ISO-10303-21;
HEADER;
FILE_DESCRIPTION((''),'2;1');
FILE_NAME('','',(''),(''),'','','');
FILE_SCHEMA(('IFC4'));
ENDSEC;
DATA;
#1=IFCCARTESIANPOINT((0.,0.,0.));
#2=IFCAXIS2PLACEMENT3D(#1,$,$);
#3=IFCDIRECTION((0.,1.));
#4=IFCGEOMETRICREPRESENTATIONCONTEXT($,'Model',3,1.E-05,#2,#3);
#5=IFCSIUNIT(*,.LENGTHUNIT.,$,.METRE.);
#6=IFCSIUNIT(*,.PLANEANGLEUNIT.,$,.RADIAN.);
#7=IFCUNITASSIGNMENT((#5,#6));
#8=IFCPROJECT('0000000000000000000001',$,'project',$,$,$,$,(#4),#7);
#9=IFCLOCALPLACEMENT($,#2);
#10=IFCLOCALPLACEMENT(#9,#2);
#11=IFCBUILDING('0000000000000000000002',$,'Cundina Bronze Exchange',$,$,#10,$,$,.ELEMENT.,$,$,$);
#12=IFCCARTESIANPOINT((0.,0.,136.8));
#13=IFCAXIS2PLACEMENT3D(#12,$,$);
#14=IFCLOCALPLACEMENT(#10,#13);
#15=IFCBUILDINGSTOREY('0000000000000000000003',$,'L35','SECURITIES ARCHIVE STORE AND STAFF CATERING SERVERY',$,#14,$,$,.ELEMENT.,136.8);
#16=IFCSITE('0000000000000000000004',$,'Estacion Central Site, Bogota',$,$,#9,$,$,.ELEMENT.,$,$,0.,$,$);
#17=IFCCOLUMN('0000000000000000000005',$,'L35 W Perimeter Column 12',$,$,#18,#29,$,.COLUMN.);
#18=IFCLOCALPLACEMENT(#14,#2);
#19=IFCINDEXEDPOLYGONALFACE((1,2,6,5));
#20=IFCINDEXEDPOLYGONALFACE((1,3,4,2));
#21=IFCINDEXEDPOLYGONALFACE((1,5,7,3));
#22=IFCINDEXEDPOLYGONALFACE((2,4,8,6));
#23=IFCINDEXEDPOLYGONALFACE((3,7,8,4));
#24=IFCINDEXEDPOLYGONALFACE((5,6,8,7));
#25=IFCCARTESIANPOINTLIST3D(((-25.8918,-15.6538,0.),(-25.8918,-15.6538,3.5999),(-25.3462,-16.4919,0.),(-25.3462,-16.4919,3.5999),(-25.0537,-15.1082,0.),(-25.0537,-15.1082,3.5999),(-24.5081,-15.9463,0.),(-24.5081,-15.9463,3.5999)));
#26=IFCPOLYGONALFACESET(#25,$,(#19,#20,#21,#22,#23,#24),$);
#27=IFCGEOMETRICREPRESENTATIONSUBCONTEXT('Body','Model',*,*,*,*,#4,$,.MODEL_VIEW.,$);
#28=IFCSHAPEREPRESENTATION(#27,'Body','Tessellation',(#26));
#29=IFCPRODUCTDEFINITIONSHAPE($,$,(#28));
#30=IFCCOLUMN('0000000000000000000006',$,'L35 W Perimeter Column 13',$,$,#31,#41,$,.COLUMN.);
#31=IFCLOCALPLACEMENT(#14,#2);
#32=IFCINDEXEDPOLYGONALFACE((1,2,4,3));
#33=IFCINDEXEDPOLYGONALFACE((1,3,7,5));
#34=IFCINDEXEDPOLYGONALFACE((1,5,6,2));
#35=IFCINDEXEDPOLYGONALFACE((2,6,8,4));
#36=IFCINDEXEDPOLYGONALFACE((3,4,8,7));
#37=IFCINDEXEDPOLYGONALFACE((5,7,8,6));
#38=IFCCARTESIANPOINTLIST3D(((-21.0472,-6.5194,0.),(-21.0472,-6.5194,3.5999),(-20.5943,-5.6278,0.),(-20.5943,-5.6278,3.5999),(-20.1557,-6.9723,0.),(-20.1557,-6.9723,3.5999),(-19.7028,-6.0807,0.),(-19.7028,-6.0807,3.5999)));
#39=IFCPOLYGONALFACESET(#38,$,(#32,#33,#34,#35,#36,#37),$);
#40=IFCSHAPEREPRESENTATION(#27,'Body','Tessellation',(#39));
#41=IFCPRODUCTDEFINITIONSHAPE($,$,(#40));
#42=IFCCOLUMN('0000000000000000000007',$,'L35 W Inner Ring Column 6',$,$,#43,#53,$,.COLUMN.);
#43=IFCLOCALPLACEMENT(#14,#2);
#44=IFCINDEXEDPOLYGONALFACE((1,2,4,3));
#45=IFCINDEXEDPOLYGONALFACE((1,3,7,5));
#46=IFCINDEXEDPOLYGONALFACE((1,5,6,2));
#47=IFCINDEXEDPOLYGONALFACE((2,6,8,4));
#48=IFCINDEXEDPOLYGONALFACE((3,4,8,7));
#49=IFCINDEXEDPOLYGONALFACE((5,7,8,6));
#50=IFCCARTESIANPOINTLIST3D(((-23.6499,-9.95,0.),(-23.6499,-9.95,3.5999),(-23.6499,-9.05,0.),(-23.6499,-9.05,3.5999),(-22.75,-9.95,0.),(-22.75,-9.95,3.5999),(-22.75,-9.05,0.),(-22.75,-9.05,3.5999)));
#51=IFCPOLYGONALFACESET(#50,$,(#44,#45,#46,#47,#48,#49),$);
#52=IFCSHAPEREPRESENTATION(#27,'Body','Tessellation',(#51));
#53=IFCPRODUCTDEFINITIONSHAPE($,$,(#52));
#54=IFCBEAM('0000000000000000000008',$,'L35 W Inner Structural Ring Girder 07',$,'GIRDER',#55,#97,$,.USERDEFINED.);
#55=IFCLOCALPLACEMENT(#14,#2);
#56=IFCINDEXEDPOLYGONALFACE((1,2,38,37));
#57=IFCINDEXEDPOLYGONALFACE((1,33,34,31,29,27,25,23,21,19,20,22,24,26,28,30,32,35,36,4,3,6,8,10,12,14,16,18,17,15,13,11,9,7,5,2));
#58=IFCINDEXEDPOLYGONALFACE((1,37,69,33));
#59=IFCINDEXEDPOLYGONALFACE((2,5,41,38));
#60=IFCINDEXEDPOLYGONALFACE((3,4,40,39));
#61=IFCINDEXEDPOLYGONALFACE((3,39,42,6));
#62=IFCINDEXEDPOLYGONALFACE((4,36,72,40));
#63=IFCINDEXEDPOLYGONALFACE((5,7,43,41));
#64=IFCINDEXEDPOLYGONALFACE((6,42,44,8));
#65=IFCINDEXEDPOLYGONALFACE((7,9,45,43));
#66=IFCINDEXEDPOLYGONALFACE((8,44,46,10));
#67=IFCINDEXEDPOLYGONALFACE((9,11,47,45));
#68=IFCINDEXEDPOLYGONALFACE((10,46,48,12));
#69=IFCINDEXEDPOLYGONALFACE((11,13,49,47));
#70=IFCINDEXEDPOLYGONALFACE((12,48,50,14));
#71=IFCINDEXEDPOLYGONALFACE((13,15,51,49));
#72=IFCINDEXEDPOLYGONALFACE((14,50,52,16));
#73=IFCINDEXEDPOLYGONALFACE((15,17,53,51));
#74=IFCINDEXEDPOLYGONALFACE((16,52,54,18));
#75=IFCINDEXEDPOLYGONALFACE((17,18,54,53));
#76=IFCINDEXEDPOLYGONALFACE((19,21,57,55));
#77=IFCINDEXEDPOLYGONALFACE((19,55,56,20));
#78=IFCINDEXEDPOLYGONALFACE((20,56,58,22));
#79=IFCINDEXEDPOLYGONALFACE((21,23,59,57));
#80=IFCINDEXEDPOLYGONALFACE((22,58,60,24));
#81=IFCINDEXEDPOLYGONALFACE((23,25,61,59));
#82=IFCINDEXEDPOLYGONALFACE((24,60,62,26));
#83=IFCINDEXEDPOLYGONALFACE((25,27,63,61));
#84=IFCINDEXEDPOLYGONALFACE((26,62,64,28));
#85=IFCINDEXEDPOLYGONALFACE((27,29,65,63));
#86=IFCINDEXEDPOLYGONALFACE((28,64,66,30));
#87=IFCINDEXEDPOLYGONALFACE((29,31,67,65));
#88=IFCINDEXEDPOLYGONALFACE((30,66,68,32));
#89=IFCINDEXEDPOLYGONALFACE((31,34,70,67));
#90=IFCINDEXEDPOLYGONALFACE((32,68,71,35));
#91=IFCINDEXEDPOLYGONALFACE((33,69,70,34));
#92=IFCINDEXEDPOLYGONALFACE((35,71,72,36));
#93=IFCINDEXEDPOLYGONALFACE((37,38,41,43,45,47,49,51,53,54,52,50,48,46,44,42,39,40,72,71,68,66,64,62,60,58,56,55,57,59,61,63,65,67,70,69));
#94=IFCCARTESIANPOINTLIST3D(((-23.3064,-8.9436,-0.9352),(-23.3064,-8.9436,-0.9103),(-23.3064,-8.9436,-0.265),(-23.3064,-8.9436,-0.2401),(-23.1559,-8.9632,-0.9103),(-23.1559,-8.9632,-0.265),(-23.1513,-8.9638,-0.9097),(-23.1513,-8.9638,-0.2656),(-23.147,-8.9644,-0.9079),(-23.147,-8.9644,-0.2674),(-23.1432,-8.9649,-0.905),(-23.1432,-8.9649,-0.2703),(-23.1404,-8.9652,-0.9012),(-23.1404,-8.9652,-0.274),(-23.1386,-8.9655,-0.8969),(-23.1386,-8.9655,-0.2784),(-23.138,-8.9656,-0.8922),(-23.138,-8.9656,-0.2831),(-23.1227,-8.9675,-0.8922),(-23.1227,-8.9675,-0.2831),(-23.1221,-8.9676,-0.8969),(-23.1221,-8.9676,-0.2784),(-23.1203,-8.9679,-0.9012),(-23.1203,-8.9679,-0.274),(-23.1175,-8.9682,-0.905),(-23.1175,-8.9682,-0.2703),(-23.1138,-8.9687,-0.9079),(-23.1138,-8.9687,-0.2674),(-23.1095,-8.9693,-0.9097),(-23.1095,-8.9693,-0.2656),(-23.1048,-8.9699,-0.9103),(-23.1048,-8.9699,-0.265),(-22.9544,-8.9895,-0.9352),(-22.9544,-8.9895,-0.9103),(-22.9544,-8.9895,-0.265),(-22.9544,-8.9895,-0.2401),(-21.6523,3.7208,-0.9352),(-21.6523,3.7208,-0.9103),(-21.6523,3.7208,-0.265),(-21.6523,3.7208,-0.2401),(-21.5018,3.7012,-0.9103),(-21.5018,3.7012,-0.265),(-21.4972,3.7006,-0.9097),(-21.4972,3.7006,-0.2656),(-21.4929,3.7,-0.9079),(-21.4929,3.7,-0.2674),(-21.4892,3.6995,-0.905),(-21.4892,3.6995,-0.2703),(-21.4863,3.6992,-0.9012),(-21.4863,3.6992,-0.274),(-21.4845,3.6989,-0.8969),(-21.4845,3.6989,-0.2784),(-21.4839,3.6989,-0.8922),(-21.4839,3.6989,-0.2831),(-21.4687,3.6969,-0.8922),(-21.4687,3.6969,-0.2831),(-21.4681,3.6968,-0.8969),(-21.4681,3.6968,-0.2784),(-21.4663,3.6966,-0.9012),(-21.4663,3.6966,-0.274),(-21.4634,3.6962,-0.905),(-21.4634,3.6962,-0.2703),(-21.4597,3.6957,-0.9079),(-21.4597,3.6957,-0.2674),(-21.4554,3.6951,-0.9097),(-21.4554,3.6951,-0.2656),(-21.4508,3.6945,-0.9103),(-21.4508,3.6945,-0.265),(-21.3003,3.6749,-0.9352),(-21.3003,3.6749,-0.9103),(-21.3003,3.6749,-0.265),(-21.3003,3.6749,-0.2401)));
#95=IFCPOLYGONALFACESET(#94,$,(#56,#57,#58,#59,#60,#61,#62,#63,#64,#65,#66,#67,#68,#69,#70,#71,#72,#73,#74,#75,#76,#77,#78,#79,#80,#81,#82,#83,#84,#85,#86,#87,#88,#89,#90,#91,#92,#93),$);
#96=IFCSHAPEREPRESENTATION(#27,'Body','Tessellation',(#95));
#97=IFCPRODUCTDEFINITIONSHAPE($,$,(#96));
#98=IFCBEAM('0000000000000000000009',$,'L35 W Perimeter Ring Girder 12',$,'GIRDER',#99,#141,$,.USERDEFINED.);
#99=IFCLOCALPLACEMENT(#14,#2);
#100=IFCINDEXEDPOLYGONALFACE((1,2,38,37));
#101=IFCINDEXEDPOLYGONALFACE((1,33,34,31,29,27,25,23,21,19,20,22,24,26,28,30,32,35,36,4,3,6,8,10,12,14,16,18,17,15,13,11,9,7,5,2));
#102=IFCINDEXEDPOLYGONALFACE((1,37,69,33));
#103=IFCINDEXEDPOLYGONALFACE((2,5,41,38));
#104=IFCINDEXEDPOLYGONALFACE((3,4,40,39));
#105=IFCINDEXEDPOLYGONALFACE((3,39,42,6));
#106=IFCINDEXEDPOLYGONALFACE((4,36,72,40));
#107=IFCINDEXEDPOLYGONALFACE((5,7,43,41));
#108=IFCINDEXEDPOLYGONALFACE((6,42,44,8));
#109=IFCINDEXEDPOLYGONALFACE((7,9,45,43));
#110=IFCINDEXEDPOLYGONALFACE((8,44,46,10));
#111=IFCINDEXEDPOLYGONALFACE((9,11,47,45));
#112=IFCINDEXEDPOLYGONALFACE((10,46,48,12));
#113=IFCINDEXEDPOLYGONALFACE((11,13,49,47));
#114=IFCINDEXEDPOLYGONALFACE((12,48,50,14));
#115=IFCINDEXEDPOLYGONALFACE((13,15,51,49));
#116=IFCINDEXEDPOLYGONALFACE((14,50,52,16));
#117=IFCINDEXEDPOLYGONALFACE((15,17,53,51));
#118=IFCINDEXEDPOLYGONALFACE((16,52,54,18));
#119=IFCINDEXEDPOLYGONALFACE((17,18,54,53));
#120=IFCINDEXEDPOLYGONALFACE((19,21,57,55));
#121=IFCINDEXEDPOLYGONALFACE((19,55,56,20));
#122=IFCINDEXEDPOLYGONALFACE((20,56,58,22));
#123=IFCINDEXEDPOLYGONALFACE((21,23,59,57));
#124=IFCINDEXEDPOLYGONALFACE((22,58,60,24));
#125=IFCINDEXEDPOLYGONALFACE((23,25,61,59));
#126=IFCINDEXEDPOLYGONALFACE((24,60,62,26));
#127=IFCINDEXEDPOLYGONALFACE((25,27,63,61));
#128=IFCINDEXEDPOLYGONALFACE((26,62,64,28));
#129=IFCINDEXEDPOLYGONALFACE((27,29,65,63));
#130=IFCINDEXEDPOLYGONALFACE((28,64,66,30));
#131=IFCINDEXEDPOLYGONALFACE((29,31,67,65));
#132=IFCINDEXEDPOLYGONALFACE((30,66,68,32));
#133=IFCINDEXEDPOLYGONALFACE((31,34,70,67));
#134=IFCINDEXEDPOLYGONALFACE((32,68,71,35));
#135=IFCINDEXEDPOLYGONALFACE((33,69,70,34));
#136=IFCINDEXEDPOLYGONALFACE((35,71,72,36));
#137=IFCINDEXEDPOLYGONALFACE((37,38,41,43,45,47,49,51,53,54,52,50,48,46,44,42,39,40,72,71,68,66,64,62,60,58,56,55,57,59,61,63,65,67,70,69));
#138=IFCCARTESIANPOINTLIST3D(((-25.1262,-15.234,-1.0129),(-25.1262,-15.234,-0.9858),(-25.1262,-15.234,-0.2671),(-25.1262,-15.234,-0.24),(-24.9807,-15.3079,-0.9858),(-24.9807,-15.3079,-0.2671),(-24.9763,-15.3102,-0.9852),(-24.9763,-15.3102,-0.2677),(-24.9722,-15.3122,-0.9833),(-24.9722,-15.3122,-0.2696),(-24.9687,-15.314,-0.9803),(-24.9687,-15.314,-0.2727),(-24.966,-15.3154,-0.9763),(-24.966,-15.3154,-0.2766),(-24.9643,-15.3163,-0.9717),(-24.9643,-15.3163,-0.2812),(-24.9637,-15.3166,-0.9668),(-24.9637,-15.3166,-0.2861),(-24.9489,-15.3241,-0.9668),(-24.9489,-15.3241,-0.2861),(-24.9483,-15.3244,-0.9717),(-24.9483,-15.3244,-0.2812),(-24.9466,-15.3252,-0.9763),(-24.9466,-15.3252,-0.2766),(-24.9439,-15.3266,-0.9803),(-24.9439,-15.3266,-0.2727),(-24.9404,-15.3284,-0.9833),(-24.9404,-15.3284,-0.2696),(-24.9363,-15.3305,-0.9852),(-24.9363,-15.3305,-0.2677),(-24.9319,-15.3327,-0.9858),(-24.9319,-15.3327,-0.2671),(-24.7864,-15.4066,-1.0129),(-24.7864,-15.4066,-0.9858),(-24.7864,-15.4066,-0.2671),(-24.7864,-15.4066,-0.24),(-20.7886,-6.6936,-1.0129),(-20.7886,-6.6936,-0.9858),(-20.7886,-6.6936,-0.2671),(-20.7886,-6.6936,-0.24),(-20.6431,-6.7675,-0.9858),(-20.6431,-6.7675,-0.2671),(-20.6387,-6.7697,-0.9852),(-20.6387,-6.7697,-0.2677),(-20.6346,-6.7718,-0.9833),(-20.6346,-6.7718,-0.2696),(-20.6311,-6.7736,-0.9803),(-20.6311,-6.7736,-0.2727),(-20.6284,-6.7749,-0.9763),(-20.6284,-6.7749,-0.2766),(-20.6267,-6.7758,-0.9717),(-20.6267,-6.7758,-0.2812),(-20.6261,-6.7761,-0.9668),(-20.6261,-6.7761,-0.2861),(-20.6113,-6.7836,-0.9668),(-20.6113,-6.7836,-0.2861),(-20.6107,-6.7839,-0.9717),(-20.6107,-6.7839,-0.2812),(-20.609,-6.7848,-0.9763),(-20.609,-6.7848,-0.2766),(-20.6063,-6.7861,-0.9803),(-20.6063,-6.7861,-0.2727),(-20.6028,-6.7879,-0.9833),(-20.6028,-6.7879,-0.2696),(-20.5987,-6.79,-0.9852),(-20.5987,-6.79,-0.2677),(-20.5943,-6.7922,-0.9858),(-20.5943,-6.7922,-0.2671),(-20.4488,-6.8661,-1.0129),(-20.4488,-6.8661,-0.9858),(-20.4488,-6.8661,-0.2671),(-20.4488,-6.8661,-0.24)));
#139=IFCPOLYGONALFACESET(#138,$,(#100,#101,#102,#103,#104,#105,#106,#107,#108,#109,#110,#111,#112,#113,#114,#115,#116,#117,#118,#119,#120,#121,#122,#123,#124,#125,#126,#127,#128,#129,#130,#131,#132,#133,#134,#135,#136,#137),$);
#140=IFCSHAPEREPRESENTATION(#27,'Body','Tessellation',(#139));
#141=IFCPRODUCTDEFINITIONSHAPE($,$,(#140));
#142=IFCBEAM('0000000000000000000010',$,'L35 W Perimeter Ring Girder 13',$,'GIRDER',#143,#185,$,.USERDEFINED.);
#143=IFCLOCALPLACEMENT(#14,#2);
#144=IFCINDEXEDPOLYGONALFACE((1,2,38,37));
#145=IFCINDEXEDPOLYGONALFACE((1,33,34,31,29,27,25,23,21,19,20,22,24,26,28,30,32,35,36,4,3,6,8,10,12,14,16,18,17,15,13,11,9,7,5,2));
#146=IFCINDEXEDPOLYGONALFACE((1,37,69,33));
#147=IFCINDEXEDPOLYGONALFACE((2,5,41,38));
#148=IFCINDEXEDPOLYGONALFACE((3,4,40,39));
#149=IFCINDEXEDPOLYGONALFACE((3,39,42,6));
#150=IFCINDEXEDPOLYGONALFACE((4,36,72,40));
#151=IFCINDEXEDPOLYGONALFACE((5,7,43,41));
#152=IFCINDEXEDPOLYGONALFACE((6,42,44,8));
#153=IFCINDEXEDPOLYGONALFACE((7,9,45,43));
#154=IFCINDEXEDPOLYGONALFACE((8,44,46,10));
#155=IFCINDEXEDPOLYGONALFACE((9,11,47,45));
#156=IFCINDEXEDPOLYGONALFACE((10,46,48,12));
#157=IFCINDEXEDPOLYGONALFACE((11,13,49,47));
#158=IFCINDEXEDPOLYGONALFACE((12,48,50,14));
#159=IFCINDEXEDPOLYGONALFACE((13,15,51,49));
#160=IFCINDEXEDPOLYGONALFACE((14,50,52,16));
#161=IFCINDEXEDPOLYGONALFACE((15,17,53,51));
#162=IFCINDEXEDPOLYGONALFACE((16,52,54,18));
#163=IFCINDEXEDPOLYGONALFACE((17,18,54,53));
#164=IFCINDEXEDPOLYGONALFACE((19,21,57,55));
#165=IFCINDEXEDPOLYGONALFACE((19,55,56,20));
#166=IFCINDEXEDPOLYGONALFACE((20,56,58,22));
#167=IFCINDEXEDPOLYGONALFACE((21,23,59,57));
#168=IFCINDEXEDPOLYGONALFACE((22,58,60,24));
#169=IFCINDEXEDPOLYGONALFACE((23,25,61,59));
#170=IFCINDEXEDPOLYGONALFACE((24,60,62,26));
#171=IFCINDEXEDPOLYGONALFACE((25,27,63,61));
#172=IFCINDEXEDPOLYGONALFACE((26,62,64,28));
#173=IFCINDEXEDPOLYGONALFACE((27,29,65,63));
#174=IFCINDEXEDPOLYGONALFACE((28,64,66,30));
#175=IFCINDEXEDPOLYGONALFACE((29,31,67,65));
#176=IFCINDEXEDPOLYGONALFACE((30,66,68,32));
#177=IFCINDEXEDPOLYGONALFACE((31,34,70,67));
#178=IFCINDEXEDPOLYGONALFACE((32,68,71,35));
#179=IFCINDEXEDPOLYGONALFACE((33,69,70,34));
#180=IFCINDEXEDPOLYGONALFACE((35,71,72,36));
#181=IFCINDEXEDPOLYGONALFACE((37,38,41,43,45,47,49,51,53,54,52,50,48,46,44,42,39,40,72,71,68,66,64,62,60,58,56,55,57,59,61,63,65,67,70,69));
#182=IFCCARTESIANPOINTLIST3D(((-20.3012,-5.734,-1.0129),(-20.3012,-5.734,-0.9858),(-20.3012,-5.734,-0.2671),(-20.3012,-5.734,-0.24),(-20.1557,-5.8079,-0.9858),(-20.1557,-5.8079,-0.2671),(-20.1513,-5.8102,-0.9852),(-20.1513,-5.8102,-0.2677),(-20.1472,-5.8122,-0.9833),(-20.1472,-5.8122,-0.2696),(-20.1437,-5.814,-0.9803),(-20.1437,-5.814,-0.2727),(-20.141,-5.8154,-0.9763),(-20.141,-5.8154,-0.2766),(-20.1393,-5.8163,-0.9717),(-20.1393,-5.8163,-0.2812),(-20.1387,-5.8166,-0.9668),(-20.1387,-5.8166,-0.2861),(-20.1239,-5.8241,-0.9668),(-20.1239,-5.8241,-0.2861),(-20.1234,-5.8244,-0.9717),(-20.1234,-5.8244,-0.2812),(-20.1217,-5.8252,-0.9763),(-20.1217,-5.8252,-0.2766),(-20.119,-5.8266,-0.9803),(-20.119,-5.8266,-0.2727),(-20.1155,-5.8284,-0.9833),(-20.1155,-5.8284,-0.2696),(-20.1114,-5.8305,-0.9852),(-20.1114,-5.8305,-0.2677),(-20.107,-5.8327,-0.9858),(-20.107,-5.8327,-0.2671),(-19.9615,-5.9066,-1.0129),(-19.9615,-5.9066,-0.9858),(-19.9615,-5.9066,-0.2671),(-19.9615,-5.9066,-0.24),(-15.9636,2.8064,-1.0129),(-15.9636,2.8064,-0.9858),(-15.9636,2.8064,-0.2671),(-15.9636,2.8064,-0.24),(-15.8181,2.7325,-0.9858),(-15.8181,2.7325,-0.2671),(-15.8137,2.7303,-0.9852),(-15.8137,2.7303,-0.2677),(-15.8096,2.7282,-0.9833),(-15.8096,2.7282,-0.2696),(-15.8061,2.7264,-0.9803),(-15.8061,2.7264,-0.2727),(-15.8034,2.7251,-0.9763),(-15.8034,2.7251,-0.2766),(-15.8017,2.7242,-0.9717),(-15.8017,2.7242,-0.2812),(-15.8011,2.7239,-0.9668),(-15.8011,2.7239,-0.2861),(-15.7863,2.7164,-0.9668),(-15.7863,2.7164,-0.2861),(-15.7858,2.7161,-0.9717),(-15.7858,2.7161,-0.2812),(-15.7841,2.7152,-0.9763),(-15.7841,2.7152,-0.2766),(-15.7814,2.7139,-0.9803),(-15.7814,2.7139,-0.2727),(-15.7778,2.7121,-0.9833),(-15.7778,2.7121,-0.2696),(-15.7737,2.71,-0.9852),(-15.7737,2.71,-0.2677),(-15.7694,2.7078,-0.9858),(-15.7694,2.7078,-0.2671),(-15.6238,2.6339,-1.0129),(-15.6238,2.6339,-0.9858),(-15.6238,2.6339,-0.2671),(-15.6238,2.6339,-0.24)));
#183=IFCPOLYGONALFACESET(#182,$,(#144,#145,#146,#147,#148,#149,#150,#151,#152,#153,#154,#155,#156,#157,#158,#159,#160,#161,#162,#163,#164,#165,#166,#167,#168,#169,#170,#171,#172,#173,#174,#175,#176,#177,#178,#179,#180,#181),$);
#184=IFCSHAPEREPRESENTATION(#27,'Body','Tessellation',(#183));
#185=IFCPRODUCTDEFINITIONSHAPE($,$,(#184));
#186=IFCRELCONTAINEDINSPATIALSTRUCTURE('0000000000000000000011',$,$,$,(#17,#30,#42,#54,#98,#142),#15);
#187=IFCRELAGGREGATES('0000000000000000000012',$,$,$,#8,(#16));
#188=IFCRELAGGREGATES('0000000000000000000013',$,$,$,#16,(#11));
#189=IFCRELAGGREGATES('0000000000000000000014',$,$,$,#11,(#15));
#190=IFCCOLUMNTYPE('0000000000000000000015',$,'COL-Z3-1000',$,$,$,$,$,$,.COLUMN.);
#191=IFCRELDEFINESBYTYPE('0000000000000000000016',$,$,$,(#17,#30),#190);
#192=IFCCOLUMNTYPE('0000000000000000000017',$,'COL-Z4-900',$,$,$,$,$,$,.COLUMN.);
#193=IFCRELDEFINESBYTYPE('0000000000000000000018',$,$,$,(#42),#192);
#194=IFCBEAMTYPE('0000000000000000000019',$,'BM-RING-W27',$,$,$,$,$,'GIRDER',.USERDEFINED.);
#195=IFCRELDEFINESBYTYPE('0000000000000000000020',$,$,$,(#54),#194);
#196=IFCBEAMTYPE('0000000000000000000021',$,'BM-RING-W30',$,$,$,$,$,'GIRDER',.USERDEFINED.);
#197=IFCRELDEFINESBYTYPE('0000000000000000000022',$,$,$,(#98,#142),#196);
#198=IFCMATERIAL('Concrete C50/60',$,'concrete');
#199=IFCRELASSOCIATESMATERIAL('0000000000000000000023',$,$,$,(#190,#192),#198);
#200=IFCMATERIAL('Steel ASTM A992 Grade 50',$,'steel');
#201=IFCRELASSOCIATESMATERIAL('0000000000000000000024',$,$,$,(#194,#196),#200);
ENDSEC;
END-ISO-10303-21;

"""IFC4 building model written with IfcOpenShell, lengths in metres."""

from ifc_helpers import new_model, si_unit, direction, frame, origin, origin_2d, place, context, subcontext, project, spatial, rectangle, i_section, extrude, material, material_profile, profile_set, type_object, element, save


model = new_model("IFC4")

# Units and contexts
model_context = context("Model", 3, precision=1e-05, world=origin(), true_north=direction((0.0, 1.0)))
body_context = subcontext(model_context, "Body", "Model", "MODEL_VIEW")
ifc_project = project(units=[si_unit("LENGTHUNIT", "METRE"), si_unit("PLANEANGLEUNIT", "RADIAN")], contexts=[model_context])

# Site, building, storey
site_placement = place(None, origin())
site = spatial("IfcSite", under=ifc_project, at=site_placement, Name="Estacion Central Site, Bogota", CompositionType="ELEMENT", RefElevation=0.0)
building_placement = place(site_placement, origin())
building = spatial("IfcBuilding", under=site, at=building_placement, Name="Cundina Bronze Exchange", CompositionType="ELEMENT")
storey_placement = place(building_placement, frame((0.0, 0.0, 136.8)))
storey = spatial("IfcBuildingStorey", under=building, at=storey_placement, Name="L35", Description="SECURITIES ARCHIVE STORE AND STAFF CATERING SERVERY", CompositionType="ELEMENT", Elevation=136.8)

# Columns
ifc_material_1 = material(Name="Concrete C50/60", Category="concrete")
ifc_material_profile_1 = material_profile(ifc_material_1, rectangle(XDim=1.0, YDim=1.0, at=origin_2d()), Name="RC1000X1000", Category="concrete")
ifc_profile_set_1 = profile_set([ifc_material_profile_1], Name="Concrete C50/60")
column_type_1 = type_object("IfcColumnType", Name="COL-Z3-1000", PredefinedType="COLUMN", material=ifc_profile_set_1)
for number, where, z_axis, x_axis, name in (
    (1, (-25.2, -15.8, 0.0), (0.0, 0.0, 1.0), (0.8381, 0.545517, 0.0), "L35 W Perimeter Column 12"),
    (2, (-20.375, -6.3, 0.0), (0.0, 0.0, 1.0), (0.452902, 0.891561, 0.0), "L35 W Perimeter Column 13"),
):
    element("IfcColumn", number, at=place(storey_placement, frame(where, z_axis=z_axis, x_axis=x_axis)), inside=storey, type_object=column_type_1, Name=name, PredefinedType="COLUMN", context=body_context, shape_type="SweptSolid", body=[
        extrude(rectangle(XDim=1.0, YDim=1.0, at=origin_2d()), origin(), (0.0, 0.0, 1.0), 3.5999),
    ])
ifc_material_profile_2 = material_profile(ifc_material_1, rectangle(XDim=0.8999, YDim=0.8999, at=origin_2d()), Name="RC900X900", Category="concrete")
ifc_profile_set_2 = profile_set([ifc_material_profile_2], Name="Concrete C50/60")
column_type_2 = type_object("IfcColumnType", Name="COL-Z4-900", PredefinedType="COLUMN", material=ifc_profile_set_2)
column_placement = place(storey_placement, frame((-23.2, -9.5, 0.0), z_axis=(0.0, 0.0, 1.0), x_axis=(1.0, 0.0, 0.0)))
element("IfcColumn", 3, at=column_placement, inside=storey, type_object=column_type_2, Name="L35 W Inner Ring Column 6", PredefinedType="COLUMN", context=body_context, shape_type="SweptSolid", body=[
    extrude(rectangle(XDim=0.8999, YDim=0.8999, at=origin_2d()), origin(), (0.0, 0.0, 1.0), 3.5999),
])

# Beams
ifc_material_2 = material(Name="Steel ASTM A992 Grade 50", Category="steel")
ifc_material_profile_3 = material_profile(ifc_material_2, i_section(OverallWidth=0.355, OverallDepth=0.6951, WebThickness=0.0154, FlangeThickness=0.0249, FilletRadius=0.0181, at=origin_2d()), Name="W27X146", Category="steel")
ifc_profile_set_3 = profile_set([ifc_material_profile_3], Name="Steel ASTM A992 Grade 50")
beam_type_1 = type_object("IfcBeamType", Name="BM-RING-W27", ElementType="GIRDER", PredefinedType="USERDEFINED", material=ifc_profile_set_3)
beam_placement = place(storey_placement, frame((-23.1304, -8.9666, -0.5876), z_axis=(0.129508, 0.991578, 0.0), x_axis=(-0.991578, 0.129508, 0.0)))
element("IfcBeam", 4, at=beam_placement, inside=storey, type_object=beam_type_1, Name="L35 W Inner Structural Ring Girder 07", ObjectType="GIRDER", PredefinedType="USERDEFINED", context=body_context, shape_type="SweptSolid", body=[
    extrude(i_section(OverallWidth=0.355, OverallDepth=0.6951, WebThickness=0.0154, FlangeThickness=0.0249, FilletRadius=0.0181, at=origin_2d()), origin(), (0.0, 0.0, 1.0), 12.772),
])
ifc_material_profile_4 = material_profile(ifc_material_2, i_section(OverallWidth=0.3811, OverallDepth=0.7729, WebThickness=0.0166, FlangeThickness=0.0271, FilletRadius=0.019, at=origin_2d()), Name="W30X173", Category="steel")
ifc_profile_set_4 = profile_set([ifc_material_profile_4], Name="Steel ASTM A992 Grade 50")
beam_type_2 = type_object("IfcBeamType", Name="BM-RING-W30", ElementType="GIRDER", PredefinedType="USERDEFINED", material=ifc_profile_set_4)
for number, where, z_axis, x_axis, name in (
    (5, (-24.9563, -15.3203, -0.6265), (0.452832, 0.891596, 0.0), (-0.891596, 0.452832, 0.0), "L35 W Perimeter Ring Girder 12"),
    (6, (-20.1313, -5.8203, -0.6265), (0.452832, 0.891596, 0.0), (-0.891596, 0.452832, 0.0), "L35 W Perimeter Ring Girder 13"),
):
    element("IfcBeam", number, at=place(storey_placement, frame(where, z_axis=z_axis, x_axis=x_axis)), inside=storey, type_object=beam_type_2, Name=name, ObjectType="GIRDER", PredefinedType="USERDEFINED", context=body_context, shape_type="SweptSolid", body=[
        extrude(i_section(OverallWidth=0.3811, OverallDepth=0.7729, WebThickness=0.0166, FlangeThickness=0.0271, FilletRadius=0.019, at=origin_2d()), origin(), (0.0, 0.0, 1.0), 9.5789),
    ])

save(model, "model.ifc")
